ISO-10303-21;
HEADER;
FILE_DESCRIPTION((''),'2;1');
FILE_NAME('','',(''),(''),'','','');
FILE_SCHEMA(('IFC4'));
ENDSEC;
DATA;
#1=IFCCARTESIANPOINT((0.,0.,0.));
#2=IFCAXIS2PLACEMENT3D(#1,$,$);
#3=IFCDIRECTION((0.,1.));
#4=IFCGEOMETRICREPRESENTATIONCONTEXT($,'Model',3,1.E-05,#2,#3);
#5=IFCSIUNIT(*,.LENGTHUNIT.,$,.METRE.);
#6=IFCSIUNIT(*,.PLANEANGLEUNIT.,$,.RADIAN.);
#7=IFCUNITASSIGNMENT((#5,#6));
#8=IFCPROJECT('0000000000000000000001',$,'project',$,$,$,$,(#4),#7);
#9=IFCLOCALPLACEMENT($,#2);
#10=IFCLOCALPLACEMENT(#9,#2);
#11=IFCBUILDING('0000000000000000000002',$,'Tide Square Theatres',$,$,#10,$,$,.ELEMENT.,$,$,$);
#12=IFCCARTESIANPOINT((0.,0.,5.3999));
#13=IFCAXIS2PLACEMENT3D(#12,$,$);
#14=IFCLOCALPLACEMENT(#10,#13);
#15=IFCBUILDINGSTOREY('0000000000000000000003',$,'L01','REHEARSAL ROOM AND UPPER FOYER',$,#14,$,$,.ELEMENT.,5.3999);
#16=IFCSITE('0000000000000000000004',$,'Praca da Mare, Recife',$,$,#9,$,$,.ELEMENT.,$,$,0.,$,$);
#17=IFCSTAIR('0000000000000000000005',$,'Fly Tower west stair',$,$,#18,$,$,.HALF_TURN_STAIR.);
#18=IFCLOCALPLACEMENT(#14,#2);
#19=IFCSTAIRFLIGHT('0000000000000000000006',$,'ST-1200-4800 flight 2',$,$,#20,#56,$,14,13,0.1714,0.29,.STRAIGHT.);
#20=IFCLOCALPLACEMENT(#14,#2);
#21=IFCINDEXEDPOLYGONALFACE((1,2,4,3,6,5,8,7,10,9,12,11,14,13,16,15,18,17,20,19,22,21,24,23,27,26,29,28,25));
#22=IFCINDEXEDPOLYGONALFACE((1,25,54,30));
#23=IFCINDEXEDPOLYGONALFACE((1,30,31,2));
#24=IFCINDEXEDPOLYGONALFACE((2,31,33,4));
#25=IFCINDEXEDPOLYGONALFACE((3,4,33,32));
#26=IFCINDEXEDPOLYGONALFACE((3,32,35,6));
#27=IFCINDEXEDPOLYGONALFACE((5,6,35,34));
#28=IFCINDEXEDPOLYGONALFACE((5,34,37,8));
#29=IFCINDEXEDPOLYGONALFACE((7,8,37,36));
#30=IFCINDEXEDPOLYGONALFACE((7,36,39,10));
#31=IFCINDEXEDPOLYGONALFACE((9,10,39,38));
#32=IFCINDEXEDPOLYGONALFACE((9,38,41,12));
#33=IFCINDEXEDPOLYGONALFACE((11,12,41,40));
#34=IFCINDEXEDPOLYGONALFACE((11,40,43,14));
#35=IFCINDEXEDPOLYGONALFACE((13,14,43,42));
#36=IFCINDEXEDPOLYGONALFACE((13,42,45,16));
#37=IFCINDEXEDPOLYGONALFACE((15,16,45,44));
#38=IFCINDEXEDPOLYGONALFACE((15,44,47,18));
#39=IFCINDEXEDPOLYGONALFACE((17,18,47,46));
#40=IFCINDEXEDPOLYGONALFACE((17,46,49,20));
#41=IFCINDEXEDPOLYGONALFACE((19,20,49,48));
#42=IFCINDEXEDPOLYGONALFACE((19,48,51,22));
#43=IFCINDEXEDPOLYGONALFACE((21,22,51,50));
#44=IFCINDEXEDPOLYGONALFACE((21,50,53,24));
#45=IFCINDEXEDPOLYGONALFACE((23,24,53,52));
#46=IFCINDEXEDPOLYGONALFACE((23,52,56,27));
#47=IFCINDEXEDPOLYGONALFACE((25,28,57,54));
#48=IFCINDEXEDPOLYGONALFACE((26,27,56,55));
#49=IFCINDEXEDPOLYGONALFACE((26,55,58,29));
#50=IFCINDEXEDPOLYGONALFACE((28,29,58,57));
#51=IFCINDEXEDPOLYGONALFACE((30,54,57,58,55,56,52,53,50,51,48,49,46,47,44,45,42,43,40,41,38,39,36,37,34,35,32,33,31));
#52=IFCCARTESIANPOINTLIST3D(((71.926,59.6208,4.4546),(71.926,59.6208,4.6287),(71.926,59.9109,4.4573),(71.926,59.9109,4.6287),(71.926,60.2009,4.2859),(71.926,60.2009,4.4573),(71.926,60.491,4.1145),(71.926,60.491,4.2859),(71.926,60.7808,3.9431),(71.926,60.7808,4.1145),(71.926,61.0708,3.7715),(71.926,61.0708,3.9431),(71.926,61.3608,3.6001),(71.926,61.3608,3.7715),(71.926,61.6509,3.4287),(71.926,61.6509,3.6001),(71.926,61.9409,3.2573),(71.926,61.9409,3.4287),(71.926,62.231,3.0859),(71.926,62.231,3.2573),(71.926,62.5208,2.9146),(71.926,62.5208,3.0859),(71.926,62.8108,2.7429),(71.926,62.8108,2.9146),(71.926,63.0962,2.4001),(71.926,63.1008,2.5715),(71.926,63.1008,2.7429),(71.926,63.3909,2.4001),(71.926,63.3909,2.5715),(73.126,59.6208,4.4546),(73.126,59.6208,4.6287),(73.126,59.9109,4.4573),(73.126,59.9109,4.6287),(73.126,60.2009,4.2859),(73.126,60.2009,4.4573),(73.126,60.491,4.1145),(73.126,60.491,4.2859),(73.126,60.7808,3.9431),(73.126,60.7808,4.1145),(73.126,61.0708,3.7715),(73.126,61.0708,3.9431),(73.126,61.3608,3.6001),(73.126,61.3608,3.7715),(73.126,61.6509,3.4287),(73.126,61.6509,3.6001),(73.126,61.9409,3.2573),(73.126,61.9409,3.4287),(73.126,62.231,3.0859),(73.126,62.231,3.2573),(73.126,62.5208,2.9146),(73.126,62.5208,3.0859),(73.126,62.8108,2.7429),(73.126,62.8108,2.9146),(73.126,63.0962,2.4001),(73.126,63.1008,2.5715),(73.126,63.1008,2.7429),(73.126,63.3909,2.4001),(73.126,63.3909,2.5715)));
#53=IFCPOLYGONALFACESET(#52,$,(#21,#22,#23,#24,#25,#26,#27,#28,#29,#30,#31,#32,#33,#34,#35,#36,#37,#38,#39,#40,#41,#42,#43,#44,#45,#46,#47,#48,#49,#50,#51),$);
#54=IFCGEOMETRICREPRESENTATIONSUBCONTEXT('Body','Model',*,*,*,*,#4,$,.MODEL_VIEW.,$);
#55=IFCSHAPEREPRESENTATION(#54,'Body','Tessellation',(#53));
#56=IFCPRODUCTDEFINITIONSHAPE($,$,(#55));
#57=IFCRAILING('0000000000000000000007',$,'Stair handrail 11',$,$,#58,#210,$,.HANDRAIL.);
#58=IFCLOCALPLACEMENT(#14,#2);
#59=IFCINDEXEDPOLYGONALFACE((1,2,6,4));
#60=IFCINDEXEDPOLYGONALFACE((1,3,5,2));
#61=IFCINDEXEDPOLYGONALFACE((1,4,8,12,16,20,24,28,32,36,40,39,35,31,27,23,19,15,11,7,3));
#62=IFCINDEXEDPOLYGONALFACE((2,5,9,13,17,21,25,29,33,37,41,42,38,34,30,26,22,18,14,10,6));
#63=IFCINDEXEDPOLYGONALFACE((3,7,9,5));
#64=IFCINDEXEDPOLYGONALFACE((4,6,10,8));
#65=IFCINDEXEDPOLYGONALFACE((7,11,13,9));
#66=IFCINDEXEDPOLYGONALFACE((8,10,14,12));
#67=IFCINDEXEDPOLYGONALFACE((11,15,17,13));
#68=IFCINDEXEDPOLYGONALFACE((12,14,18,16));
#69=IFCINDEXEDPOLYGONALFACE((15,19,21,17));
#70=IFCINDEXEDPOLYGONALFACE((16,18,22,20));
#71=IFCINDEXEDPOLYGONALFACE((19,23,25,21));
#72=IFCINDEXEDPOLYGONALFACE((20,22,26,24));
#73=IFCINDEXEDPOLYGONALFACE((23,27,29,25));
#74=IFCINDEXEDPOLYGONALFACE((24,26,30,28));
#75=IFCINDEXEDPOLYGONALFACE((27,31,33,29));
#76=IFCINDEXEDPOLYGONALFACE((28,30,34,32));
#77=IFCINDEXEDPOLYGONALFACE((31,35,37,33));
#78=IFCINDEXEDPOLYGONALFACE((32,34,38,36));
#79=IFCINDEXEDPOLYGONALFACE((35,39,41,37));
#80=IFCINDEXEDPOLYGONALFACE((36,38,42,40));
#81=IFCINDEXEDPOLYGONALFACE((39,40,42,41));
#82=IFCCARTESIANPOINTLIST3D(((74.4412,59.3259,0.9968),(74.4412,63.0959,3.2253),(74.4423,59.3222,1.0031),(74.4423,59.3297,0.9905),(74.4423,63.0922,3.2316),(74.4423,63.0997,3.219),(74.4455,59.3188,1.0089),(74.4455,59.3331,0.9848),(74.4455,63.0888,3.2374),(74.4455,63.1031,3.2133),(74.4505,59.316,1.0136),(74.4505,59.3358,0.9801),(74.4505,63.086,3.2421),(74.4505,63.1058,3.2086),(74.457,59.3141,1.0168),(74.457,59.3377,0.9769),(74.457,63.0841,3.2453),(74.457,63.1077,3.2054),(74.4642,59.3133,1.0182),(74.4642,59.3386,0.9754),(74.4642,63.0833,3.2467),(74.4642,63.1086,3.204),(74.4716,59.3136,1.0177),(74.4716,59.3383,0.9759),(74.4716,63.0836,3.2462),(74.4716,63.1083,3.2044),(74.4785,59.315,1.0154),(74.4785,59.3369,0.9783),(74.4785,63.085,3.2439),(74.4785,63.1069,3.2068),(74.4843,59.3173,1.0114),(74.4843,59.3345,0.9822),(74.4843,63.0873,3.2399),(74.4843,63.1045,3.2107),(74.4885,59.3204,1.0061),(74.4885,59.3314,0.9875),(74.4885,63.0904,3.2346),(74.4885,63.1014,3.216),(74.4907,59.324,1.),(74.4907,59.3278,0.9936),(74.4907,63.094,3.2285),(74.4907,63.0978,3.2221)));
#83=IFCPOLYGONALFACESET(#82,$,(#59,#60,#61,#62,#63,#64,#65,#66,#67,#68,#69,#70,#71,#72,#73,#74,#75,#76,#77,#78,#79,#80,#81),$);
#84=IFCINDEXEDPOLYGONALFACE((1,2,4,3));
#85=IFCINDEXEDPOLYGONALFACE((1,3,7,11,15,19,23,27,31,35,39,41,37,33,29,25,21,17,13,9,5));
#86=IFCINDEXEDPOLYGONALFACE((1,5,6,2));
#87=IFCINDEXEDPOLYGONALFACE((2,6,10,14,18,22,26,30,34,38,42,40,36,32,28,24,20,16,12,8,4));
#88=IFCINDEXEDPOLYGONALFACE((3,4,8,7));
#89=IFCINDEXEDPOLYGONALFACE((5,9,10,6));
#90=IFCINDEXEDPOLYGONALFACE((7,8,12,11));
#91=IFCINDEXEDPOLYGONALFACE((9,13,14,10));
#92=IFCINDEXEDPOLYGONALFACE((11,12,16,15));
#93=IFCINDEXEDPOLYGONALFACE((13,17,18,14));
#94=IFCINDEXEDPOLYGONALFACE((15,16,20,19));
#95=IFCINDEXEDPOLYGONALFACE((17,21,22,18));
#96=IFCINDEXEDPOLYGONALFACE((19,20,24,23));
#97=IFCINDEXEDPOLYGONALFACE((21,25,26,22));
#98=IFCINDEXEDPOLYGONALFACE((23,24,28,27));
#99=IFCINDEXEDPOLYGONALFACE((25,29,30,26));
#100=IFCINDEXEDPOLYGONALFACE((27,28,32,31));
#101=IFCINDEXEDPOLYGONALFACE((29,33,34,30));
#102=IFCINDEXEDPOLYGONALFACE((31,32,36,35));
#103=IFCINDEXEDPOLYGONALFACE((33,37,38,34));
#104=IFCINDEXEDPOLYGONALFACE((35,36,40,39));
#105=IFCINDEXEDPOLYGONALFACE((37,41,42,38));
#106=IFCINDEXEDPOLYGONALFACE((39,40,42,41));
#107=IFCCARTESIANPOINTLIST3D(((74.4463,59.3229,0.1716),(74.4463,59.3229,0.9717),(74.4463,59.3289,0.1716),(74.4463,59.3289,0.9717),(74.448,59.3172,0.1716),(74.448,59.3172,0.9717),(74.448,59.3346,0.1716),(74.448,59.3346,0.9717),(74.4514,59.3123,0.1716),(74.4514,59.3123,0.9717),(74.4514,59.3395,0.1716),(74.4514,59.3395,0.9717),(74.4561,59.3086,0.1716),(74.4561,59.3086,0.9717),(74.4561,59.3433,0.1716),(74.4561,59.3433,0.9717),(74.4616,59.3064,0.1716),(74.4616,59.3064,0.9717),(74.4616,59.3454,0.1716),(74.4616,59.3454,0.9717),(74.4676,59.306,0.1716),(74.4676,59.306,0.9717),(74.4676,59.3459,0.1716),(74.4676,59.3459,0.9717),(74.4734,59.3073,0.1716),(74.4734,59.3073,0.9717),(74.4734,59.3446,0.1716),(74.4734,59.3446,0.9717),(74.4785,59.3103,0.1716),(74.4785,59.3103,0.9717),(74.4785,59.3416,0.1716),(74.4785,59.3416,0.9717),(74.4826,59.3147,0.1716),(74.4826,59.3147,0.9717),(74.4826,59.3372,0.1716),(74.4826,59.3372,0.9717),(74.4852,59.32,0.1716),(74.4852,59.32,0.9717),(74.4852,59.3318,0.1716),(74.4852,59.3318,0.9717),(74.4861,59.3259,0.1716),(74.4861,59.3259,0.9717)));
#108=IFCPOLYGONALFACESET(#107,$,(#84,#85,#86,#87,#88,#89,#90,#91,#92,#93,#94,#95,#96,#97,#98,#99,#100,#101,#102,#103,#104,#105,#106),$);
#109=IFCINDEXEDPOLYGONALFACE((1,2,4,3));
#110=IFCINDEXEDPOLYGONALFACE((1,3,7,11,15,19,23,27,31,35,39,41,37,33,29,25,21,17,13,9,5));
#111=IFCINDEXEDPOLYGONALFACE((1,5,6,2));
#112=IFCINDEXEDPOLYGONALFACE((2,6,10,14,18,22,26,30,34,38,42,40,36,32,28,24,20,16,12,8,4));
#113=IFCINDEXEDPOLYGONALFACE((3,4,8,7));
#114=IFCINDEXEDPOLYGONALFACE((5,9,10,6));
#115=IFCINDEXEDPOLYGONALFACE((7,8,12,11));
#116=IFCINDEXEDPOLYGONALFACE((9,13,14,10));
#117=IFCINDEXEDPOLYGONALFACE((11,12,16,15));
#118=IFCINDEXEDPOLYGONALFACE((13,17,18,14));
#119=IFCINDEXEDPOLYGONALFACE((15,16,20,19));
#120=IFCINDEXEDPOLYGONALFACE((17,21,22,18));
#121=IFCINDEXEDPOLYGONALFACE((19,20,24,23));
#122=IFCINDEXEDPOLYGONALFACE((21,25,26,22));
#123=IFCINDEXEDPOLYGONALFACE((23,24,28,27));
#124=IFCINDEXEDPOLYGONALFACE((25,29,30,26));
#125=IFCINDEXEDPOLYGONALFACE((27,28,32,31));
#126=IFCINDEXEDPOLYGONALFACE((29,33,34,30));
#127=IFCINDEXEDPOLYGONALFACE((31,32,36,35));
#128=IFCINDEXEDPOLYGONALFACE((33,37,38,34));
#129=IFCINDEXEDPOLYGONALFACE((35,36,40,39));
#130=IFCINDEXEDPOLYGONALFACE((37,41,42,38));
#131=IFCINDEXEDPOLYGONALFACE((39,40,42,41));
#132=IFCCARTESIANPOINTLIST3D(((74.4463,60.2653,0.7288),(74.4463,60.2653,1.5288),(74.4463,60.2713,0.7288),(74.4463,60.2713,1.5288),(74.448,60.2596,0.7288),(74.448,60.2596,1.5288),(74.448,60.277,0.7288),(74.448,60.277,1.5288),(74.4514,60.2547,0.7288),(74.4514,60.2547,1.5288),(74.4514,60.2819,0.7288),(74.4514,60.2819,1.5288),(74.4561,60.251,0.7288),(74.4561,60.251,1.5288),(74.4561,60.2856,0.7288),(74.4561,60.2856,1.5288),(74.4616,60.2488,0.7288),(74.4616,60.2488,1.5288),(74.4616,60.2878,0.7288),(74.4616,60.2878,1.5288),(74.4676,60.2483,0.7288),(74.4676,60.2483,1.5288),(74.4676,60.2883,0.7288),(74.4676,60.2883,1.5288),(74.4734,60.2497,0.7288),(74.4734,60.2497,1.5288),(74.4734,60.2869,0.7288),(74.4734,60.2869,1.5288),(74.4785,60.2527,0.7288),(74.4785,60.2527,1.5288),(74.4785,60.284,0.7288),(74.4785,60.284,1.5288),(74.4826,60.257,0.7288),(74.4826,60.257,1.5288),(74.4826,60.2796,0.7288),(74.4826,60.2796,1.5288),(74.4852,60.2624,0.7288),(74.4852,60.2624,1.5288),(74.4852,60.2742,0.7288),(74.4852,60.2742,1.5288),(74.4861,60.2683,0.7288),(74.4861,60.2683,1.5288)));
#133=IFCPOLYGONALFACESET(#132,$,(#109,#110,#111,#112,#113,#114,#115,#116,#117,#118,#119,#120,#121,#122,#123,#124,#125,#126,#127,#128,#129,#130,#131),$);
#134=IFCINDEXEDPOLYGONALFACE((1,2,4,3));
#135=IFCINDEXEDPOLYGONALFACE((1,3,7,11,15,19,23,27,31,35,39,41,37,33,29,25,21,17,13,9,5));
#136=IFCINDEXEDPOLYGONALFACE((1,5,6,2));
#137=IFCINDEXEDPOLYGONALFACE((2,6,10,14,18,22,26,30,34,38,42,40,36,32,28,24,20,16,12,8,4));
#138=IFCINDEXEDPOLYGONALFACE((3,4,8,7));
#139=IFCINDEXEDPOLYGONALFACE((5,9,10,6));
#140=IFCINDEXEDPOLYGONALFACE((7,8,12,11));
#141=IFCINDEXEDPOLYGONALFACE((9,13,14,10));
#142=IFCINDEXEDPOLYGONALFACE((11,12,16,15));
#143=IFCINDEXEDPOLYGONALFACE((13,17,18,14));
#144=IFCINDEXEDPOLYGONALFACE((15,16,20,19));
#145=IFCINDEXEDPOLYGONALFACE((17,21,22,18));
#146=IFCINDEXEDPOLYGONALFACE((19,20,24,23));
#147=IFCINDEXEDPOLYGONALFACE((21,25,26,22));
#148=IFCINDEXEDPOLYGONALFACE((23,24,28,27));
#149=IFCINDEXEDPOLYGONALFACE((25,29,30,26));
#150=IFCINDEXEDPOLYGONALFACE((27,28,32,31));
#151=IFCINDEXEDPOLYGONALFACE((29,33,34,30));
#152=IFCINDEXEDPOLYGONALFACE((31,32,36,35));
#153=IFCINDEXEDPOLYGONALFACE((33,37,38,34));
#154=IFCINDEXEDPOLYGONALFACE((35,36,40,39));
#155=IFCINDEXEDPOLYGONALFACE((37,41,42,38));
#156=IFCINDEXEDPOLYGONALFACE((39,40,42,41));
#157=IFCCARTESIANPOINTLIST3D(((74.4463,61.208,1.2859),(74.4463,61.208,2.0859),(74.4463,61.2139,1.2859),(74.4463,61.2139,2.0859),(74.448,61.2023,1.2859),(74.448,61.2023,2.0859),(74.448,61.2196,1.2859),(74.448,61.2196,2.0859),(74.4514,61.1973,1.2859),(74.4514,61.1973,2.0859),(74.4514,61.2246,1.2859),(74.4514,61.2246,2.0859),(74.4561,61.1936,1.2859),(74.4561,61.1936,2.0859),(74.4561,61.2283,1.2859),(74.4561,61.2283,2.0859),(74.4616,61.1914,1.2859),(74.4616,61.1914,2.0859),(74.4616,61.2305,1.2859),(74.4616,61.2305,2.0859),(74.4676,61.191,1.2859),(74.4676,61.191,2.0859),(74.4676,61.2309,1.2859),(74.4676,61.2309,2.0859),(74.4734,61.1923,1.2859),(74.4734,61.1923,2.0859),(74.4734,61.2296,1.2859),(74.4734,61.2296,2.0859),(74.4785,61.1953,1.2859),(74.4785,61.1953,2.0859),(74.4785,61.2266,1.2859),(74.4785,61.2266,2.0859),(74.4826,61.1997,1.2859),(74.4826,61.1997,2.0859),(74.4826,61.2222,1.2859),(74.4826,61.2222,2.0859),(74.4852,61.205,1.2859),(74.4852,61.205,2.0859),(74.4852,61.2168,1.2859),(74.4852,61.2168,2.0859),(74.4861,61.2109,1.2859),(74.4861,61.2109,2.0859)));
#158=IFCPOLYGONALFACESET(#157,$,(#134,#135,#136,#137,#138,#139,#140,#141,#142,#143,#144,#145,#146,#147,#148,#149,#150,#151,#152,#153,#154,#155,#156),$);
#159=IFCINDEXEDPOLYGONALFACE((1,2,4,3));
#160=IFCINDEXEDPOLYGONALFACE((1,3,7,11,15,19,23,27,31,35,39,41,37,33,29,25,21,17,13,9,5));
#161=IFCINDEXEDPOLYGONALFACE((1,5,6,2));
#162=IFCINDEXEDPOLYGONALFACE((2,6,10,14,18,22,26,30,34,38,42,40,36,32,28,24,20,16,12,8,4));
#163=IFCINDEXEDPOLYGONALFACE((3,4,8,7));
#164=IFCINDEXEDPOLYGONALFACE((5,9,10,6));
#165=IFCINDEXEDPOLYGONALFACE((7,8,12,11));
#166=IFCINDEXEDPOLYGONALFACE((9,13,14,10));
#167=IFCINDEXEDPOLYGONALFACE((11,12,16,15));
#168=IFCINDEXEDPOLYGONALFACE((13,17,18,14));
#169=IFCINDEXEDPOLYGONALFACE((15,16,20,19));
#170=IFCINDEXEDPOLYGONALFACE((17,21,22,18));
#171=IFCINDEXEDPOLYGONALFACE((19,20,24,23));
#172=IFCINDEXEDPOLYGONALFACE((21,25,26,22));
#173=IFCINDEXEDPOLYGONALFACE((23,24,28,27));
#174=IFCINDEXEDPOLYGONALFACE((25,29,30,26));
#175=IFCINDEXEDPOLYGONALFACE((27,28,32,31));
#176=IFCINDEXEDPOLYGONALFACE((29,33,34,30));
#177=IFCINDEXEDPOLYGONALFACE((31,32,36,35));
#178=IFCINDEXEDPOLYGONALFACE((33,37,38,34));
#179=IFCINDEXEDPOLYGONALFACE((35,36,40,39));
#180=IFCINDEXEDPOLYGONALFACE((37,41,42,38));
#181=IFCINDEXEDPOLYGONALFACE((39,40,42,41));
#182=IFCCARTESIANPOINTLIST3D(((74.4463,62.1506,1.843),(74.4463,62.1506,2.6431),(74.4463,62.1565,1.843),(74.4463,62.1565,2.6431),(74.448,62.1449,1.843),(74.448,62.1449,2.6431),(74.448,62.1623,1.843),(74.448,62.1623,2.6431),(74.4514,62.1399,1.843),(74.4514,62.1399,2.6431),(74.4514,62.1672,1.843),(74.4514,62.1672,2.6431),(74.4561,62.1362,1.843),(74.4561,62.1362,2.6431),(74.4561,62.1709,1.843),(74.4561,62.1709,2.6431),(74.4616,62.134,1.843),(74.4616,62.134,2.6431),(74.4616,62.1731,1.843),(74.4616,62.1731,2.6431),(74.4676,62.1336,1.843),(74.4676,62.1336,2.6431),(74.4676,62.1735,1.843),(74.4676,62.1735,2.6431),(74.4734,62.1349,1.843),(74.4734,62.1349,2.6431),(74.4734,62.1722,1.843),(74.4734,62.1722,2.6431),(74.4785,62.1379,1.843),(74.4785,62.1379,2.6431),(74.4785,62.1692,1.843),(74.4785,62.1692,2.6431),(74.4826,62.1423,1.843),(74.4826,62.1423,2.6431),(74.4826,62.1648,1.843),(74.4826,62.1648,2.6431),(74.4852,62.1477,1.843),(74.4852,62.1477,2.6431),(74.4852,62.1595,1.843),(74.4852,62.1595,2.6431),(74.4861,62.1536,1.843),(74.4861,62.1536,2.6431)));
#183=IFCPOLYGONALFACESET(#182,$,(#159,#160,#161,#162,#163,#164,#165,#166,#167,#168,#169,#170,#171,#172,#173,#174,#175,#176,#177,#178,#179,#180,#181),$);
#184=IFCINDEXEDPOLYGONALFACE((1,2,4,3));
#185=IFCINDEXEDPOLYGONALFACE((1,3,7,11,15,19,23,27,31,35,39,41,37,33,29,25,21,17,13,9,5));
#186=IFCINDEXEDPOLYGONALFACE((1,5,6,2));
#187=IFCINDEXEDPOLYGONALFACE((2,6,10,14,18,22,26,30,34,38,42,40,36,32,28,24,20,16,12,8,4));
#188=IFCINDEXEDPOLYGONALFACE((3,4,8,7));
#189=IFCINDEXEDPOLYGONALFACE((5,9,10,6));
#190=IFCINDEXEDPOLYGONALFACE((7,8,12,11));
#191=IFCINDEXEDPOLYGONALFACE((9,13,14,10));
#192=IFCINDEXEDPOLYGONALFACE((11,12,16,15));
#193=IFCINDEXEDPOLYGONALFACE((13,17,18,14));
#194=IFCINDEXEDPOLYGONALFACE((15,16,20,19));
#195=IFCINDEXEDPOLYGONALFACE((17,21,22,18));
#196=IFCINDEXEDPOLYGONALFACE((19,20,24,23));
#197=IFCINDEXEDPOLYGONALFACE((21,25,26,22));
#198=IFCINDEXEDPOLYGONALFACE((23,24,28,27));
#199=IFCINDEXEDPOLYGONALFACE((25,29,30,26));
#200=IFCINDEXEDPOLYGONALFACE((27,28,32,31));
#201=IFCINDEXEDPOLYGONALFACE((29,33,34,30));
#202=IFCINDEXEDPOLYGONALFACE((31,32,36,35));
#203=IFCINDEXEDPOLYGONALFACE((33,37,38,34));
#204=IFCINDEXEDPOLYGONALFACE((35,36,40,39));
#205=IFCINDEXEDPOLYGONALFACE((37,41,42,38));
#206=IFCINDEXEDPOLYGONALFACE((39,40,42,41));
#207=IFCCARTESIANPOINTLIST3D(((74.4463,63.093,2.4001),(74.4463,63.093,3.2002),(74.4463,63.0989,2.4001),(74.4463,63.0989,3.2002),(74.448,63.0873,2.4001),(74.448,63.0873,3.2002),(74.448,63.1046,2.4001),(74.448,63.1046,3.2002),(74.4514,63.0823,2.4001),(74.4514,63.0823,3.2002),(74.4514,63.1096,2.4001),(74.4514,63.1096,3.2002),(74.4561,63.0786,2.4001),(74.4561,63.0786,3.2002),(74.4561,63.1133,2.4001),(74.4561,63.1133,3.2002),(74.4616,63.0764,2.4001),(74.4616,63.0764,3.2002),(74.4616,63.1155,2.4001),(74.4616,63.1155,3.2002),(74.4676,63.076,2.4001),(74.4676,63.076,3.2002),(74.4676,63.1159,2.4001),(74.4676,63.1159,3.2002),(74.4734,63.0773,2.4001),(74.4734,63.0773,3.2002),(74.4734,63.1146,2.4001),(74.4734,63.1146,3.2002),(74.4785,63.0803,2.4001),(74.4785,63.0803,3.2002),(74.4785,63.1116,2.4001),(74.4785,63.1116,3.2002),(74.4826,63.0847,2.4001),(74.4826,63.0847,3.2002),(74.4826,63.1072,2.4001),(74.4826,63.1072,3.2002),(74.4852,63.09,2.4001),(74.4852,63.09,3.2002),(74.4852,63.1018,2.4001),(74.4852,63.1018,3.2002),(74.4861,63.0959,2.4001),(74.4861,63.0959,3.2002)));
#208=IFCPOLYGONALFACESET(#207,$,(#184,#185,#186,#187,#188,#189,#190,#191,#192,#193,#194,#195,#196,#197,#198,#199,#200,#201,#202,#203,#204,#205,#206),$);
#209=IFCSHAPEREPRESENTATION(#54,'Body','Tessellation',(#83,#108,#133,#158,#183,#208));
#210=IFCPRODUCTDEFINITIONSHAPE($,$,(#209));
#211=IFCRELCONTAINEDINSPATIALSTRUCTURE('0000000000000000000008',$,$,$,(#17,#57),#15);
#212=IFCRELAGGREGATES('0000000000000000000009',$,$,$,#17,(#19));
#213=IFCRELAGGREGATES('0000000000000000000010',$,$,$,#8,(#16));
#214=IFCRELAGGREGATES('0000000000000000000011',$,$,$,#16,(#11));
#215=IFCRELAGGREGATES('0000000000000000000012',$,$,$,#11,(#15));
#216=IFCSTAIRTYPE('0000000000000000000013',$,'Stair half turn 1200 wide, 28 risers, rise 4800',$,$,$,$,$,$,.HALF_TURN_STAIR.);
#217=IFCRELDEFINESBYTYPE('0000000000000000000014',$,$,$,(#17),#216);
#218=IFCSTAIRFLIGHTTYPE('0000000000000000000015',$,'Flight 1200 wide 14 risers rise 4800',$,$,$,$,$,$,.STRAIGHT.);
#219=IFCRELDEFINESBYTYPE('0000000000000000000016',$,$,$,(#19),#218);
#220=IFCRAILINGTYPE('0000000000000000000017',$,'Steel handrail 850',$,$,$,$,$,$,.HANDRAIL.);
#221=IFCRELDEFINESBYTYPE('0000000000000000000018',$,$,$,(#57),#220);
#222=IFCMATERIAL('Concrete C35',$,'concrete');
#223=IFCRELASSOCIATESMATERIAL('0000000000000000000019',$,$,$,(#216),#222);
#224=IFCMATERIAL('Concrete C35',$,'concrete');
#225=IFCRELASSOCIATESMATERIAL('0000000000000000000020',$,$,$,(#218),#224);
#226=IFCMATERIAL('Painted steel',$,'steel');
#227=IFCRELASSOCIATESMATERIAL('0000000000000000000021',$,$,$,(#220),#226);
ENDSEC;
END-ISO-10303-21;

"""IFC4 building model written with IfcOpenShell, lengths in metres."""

from ifc_helpers import new_model, si_unit, direction, frame, origin, origin_2d, place, context, subcontext, project, spatial, polyline, circle, outline, extrude, material, type_object, element, aggregate, save


model = new_model("IFC4")

# Units and contexts
model_context = context("Model", 3, precision=1e-05, world=origin(), true_north=direction((0.0, 1.0)))
body_context = subcontext(model_context, "Body", "Model", "MODEL_VIEW")
ifc_project = project(units=[si_unit("LENGTHUNIT", "METRE"), si_unit("PLANEANGLEUNIT", "RADIAN")], contexts=[model_context])

# Site, building, storey
site_placement = place(None, origin())
site = spatial("IfcSite", under=ifc_project, at=site_placement, Name="Praca da Mare, Recife", CompositionType="ELEMENT", RefElevation=0.0)
building_placement = place(site_placement, origin())
building = spatial("IfcBuilding", under=site, at=building_placement, Name="Tide Square Theatres", CompositionType="ELEMENT")
storey_placement = place(building_placement, frame((0.0, 0.0, 5.3999)))
storey = spatial("IfcBuildingStorey", under=building, at=storey_placement, Name="L01", Description="REHEARSAL ROOM AND UPPER FOYER", CompositionType="ELEMENT", Elevation=5.3999)

# Stair, stair flight
ifc_material_1 = material(Name="Concrete C35", Category="concrete")
stair_type = type_object("IfcStairType", Name="Stair half turn 1200 wide, 28 risers, rise 4800", PredefinedType="HALF_TURN_STAIR", material=ifc_material_1)
stair_placement = place(storey_placement, origin())
stair = element("IfcStair", 1, at=stair_placement, inside=storey, type_object=stair_type, Name="Fly Tower west stair", PredefinedType="HALF_TURN_STAIR")
ifc_material_2 = material(Name="Concrete C35", Category="concrete")
stair_flight_type = type_object("IfcStairFlightType", Name="Flight 1200 wide 14 risers rise 4800", PredefinedType="STRAIGHT", material=ifc_material_2)
stair_flight_1_placement = place(storey_placement, frame((72.5259, 63.3909, 2.4001), z_axis=(0.0, 0.0, 1.0), x_axis=(0.0, -1.0, 0.0)))
stair_flight_1 = element("IfcStairFlight", 2, at=stair_flight_1_placement, type_object=stair_flight_type, Name="ST-1200-4800 flight 2", NumberOfRisers=14, NumberOfTreads=13, PredefinedType="STRAIGHT", RiserHeight=0.1714, TreadLength=0.29, context=body_context, shape_type="SweptSolid", body=[
    extrude(outline(polyline([(0.0, 0.0), (0.0, 0.1714), (0.29, 0.1714), (0.29, 0.3428), (0.5801, 0.3428), (0.5801, 0.5144), (0.8701, 0.5144), (0.8701, 0.6858), (1.1599, 0.6858), (1.1599, 0.8572), (1.45, 0.8572), (1.45, 1.0286), (1.74, 1.0286), (1.74, 1.2), (2.03, 1.2), (2.03, 1.3713), (2.3201, 1.3713), (2.3201, 1.543), (2.6101, 1.543), (2.6101, 1.7144), (2.8999, 1.7144), (2.8999, 1.8857), (3.1899, 1.8857), (3.1899, 2.0571), (3.48, 2.0571), (3.48, 2.2285), (3.77, 2.2285), (3.77, 2.3999), (3.77, 2.0544), (0.2947, 0.0), (0.0, 0.0)])), frame((0.0, 0.6001, 0.0), z_axis=(0.0, -1.0, 0.0), x_axis=(1.0, 0.0, 0.0)), (0.0, 0.0, 1.0), 1.2),
])
aggregate(stair, [stair_flight_1])

# Railing
ifc_material_3 = material(Name="Painted steel", Category="steel")
railing_type = type_object("IfcRailingType", Name="Steel handrail 850", PredefinedType="HANDRAIL", material=ifc_material_3)
for number, where, name in (
    (3, (74.4661, 59.3259, 0.1716), "Stair handrail 11"),
):
    element("IfcRailing", number, at=place(storey_placement, frame(where)), inside=storey, type_object=railing_type, Name=name, PredefinedType="HANDRAIL", context=body_context, shape_type="SweptSolid", body=[
        extrude(circle(Radius=0.0249, at=origin_2d()), frame((0.0, 0.0, 0.8252), z_axis=(0.0, 0.860849, 0.508861), x_axis=(-1.0, 0.0, 0.0)), (0.0, 0.0, 1.0), 4.3794),
        extrude(circle(Radius=0.02, at=origin_2d()), origin(), (0.0, 0.0, 1.0), 0.8),
        extrude(circle(Radius=0.02, at=origin_2d()), frame((0.0, 0.9424, 0.5571)), (0.0, 0.0, 1.0), 0.8),
        extrude(circle(Radius=0.02, at=origin_2d()), frame((0.0, 1.885, 1.1143)), (0.0, 0.0, 1.0), 0.8),
        extrude(circle(Radius=0.02, at=origin_2d()), frame((0.0, 2.8276, 1.6714)), (0.0, 0.0, 1.0), 0.8),
        extrude(circle(Radius=0.02, at=origin_2d()), frame((0.0, 3.77, 2.2285)), (0.0, 0.0, 1.0), 0.8),
    ])

save(model, "model.ifc")
